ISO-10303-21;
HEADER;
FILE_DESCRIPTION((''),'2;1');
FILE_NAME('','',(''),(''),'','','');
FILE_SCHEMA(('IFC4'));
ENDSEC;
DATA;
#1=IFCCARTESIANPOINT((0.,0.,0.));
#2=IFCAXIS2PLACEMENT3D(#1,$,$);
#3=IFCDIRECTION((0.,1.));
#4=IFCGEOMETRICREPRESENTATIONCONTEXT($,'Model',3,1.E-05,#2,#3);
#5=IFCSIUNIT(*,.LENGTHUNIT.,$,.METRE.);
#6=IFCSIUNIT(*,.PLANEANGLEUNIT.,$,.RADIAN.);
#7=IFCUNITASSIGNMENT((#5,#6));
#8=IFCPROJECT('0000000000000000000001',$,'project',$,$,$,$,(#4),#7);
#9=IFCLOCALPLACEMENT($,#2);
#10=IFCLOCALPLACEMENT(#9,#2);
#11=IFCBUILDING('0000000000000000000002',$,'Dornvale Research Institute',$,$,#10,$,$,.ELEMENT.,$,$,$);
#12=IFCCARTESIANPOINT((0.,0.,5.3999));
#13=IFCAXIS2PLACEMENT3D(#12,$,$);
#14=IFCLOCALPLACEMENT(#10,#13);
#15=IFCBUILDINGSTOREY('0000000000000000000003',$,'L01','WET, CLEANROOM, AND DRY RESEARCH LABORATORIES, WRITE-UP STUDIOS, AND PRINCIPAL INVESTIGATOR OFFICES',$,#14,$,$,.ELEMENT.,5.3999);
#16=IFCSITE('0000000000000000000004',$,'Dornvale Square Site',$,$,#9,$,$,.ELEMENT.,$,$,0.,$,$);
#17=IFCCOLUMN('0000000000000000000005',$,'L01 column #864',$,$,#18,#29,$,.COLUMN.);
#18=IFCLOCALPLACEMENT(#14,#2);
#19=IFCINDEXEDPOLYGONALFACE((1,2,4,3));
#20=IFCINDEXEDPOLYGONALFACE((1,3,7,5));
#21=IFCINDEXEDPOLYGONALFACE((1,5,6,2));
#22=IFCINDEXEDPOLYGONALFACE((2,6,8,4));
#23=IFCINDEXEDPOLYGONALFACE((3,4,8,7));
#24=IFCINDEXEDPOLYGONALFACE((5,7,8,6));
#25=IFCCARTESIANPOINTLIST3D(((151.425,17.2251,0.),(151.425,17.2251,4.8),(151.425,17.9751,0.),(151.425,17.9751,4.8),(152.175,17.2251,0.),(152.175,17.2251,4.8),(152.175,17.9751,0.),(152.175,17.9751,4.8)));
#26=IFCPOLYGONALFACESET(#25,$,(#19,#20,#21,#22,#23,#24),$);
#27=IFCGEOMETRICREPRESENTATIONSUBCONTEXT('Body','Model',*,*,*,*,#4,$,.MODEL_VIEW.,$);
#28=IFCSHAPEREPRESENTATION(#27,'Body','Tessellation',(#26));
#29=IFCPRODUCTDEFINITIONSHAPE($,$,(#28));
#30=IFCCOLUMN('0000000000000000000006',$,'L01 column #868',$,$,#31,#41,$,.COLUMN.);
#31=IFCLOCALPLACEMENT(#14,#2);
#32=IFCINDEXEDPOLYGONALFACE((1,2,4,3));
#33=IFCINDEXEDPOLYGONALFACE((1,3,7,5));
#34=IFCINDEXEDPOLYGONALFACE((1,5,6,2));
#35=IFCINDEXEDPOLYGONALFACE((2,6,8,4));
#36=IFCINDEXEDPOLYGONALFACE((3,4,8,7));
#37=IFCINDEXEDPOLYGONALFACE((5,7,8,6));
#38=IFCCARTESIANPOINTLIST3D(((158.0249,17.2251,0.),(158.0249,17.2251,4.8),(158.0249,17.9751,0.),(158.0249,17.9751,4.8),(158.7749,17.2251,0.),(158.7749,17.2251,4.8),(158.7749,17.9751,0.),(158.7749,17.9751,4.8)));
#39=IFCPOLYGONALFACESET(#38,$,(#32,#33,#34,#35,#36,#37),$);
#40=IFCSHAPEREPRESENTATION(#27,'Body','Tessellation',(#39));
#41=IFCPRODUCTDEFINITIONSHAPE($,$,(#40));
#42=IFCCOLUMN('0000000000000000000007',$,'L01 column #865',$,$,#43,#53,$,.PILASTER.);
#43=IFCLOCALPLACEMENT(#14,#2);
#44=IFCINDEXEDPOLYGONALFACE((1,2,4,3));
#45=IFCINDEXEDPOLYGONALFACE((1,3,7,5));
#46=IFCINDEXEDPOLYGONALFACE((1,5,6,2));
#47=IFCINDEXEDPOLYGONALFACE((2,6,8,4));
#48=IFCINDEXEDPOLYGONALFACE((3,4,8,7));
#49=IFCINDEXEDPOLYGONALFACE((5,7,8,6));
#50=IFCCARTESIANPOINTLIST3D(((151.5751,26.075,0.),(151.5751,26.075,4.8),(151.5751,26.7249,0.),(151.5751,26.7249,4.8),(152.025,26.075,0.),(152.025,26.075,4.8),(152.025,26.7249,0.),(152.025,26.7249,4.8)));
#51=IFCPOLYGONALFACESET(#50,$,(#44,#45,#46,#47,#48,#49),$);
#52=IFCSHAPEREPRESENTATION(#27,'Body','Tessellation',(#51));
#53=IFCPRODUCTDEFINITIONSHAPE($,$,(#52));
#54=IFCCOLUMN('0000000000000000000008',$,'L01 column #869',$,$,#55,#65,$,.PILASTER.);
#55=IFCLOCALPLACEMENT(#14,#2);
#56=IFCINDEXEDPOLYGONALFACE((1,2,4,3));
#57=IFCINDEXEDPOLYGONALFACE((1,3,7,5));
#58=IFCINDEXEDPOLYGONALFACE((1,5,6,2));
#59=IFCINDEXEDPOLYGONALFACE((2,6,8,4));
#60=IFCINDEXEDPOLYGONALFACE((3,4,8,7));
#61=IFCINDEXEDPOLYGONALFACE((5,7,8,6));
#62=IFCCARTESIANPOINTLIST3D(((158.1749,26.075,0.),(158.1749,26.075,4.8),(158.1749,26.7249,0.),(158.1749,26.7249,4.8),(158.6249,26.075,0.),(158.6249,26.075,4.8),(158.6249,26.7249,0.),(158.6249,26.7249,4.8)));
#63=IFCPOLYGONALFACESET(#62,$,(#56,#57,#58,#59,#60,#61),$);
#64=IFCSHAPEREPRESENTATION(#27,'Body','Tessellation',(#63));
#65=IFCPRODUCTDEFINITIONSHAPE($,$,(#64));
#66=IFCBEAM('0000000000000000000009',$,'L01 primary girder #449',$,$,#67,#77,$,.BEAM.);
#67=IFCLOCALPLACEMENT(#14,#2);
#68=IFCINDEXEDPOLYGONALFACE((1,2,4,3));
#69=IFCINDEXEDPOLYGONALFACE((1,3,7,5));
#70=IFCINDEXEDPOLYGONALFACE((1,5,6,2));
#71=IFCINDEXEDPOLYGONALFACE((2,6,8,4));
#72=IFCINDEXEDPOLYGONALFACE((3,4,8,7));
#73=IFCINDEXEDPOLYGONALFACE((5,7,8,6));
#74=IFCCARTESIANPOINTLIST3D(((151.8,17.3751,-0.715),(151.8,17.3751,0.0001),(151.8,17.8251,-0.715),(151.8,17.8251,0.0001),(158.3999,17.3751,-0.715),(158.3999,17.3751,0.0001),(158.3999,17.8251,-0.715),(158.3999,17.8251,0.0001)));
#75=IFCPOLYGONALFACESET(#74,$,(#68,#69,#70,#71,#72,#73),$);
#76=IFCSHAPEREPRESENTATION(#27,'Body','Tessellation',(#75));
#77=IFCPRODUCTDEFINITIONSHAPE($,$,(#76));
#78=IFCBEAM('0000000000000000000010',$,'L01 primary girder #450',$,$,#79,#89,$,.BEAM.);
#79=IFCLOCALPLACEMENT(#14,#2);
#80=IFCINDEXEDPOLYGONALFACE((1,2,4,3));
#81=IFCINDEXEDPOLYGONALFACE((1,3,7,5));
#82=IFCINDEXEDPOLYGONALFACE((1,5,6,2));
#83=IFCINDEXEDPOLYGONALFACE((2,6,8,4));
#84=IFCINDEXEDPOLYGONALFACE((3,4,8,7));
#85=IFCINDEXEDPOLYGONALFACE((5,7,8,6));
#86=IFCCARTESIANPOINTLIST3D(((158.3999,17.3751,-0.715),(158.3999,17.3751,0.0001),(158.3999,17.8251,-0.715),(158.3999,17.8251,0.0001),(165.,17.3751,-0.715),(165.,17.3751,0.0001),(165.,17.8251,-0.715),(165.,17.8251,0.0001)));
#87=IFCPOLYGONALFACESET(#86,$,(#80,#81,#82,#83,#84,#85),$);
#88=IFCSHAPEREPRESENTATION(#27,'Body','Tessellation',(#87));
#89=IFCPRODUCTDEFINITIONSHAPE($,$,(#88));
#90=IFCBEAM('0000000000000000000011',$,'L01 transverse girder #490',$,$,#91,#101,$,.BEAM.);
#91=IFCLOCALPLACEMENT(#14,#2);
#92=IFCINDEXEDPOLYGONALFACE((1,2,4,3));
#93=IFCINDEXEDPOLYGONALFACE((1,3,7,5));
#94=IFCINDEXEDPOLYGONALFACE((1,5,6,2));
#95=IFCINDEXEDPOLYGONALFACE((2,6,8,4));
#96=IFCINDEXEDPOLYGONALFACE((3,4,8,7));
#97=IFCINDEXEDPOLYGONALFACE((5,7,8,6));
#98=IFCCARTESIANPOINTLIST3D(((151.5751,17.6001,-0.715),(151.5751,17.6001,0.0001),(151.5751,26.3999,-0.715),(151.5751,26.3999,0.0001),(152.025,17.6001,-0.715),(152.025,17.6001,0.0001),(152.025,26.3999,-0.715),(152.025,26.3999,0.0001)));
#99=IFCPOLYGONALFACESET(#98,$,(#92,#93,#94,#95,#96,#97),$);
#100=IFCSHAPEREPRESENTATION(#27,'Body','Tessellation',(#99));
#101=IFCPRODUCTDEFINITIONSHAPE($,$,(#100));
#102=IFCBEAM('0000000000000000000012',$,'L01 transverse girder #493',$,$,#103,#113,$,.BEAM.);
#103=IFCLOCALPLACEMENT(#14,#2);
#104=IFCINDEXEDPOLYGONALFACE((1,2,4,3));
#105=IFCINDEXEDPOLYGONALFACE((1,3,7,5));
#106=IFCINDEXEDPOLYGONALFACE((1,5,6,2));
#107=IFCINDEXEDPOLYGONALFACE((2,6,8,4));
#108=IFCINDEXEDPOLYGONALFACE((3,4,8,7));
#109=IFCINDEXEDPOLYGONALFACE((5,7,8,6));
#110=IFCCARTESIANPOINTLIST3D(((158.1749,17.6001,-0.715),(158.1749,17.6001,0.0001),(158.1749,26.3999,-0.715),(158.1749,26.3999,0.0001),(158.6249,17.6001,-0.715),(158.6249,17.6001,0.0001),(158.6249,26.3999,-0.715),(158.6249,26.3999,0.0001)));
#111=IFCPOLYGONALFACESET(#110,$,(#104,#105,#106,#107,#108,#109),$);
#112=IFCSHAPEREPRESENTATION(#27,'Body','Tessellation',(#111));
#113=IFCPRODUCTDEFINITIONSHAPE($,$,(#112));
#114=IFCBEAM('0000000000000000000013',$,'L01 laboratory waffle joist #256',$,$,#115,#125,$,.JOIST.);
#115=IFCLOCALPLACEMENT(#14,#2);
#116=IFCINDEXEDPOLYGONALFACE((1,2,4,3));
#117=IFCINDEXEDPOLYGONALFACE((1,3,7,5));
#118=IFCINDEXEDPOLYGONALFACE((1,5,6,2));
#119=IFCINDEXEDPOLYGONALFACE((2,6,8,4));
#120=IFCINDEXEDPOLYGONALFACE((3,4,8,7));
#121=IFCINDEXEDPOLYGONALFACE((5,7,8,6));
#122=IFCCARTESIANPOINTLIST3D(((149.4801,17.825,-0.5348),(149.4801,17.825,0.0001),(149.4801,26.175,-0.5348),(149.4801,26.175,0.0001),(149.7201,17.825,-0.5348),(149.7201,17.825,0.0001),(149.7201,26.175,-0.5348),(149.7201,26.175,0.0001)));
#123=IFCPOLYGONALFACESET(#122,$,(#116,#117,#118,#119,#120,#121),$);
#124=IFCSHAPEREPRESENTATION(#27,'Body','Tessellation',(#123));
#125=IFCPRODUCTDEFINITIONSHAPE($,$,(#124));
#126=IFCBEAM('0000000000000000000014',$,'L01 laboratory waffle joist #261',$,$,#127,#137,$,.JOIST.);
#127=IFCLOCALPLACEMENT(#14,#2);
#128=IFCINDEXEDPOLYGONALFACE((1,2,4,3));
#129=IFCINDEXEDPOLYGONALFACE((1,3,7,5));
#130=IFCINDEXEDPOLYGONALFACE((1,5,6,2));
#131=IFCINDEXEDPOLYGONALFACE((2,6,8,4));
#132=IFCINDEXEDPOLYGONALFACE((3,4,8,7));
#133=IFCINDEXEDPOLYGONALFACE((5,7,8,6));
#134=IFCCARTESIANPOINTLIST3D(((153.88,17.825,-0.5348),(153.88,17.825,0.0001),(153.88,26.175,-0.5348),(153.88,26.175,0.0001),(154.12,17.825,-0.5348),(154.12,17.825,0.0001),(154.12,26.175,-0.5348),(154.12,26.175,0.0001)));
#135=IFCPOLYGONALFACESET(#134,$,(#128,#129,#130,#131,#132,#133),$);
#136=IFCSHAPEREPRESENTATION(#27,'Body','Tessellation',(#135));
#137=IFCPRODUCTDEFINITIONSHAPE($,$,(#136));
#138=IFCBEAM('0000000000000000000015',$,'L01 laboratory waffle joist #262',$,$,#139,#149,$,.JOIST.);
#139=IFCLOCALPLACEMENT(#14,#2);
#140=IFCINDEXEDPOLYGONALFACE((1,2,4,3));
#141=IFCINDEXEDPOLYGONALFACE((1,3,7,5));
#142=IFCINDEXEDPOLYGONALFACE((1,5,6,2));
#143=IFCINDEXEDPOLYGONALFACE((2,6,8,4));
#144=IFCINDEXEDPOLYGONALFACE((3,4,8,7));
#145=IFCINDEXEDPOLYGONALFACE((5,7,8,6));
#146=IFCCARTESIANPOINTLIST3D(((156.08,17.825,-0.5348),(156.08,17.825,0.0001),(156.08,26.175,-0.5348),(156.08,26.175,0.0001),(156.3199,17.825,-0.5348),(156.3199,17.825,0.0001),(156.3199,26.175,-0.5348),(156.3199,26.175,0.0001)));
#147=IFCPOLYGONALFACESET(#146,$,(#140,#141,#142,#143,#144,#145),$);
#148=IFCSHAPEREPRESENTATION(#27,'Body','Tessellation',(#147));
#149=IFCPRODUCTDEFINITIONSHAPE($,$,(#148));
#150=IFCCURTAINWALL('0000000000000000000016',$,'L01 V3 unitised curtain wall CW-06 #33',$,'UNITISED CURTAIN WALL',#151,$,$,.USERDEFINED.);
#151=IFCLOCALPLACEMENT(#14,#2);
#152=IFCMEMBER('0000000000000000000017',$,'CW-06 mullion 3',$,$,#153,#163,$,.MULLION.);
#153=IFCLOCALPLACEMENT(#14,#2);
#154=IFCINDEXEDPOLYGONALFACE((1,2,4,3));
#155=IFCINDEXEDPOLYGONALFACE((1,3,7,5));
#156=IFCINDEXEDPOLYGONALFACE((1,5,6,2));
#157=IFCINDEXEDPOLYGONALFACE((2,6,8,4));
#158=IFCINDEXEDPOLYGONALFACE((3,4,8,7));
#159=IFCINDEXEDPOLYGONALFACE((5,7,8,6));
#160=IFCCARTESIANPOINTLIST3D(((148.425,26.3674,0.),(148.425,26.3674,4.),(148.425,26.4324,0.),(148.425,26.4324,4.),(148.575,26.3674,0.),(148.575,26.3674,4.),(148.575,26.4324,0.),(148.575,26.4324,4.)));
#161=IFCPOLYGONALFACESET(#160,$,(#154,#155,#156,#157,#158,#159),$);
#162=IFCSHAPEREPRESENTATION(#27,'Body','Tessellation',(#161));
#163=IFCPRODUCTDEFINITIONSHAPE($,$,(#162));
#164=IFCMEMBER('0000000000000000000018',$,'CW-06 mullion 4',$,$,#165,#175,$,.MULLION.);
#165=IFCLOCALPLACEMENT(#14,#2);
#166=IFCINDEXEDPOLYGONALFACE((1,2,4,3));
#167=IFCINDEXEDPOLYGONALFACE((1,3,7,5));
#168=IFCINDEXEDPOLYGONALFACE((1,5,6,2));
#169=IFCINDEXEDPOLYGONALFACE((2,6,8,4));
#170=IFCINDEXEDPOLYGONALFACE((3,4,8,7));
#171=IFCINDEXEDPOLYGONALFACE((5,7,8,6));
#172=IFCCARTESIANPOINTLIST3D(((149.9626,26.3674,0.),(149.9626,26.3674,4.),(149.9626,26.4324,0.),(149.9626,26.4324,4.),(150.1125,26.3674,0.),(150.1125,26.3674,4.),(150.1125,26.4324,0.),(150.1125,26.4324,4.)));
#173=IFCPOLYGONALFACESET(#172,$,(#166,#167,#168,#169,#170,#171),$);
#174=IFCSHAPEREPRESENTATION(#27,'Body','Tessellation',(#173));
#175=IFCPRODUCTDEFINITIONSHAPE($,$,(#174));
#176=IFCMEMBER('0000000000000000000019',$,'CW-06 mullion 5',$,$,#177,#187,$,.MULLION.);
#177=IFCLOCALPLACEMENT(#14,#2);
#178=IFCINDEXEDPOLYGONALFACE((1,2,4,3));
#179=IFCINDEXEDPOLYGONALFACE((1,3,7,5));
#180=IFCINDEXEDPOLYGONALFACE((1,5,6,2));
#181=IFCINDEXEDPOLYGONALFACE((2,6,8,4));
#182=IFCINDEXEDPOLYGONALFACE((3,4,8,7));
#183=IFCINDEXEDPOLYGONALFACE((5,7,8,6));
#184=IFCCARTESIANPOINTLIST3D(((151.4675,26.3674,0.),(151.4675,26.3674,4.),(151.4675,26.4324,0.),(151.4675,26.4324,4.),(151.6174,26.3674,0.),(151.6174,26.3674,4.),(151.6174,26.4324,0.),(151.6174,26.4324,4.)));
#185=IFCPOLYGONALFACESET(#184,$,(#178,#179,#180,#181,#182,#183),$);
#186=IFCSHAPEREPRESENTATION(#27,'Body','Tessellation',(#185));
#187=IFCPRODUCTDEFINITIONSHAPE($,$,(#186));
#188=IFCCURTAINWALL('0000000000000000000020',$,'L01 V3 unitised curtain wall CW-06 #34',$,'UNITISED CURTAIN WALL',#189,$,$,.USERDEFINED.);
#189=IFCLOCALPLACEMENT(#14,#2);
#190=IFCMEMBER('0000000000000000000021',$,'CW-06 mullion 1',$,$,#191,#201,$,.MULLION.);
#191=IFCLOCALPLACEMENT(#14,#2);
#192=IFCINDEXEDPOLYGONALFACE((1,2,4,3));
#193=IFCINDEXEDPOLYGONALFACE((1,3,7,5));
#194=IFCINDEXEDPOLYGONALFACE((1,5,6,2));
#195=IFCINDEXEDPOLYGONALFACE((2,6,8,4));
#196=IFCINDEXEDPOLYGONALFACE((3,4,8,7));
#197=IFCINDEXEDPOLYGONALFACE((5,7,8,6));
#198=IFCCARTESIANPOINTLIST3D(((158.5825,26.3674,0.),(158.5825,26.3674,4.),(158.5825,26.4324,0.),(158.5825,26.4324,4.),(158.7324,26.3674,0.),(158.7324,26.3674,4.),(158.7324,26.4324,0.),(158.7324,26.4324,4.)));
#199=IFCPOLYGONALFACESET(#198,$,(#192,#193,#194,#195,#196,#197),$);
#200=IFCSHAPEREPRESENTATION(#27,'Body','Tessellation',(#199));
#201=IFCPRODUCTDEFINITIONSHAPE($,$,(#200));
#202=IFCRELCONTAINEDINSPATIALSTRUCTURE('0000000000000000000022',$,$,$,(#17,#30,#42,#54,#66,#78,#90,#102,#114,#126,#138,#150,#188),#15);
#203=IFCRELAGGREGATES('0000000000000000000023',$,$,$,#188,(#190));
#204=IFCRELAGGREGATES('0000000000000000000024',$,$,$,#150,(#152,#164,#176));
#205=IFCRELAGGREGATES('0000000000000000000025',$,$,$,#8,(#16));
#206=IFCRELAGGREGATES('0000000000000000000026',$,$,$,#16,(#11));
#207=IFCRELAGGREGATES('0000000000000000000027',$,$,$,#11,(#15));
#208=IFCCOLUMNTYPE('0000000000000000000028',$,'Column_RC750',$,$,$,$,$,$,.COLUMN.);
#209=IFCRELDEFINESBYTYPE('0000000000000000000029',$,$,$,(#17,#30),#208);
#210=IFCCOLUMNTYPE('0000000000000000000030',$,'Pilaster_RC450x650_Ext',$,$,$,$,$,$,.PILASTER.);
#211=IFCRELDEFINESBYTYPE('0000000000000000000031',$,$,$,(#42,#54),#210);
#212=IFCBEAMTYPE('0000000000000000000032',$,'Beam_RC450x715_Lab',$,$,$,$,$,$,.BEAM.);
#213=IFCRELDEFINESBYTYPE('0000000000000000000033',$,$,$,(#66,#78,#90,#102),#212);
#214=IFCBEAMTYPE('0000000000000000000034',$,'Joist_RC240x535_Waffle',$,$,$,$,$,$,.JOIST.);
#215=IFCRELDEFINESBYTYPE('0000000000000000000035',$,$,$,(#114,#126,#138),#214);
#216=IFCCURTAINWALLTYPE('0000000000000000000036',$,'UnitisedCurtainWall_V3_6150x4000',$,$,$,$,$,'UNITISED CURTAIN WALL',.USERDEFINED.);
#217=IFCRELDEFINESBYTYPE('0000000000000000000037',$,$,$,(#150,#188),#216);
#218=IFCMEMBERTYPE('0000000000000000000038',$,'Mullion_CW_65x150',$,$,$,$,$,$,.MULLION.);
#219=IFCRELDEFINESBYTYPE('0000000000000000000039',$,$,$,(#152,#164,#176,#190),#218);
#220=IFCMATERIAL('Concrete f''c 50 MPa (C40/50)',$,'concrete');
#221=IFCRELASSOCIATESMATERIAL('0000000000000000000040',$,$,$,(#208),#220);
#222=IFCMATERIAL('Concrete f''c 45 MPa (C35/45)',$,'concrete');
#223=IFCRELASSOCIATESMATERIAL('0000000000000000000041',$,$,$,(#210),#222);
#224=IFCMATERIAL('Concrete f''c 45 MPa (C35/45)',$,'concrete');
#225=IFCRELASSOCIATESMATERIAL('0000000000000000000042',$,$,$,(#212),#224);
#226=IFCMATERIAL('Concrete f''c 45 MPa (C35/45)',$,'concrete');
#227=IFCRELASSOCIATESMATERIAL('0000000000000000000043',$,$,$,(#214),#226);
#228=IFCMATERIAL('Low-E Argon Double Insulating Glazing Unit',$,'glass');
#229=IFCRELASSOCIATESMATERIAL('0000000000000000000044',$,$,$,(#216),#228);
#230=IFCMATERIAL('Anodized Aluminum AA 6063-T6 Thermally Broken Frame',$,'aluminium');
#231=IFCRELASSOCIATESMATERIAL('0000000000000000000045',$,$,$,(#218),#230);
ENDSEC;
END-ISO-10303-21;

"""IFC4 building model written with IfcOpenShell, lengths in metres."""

from ifc_helpers import new_model, si_unit, direction, frame, origin, origin_2d, place, context, subcontext, project, spatial, rectangle, extrude, material, material_profile, profile_set, type_object, element, aggregate, save


model = new_model("IFC4")

# Units and contexts
model_context = context("Model", 3, precision=1e-05, world=origin(), true_north=direction((0.0, 1.0)))
body_context = subcontext(model_context, "Body", "Model", "MODEL_VIEW")
ifc_project = project(units=[si_unit("LENGTHUNIT", "METRE"), si_unit("PLANEANGLEUNIT", "RADIAN")], contexts=[model_context])

# Site, building, storey
site_placement = place(None, origin())
site = spatial("IfcSite", under=ifc_project, at=site_placement, Name="Dornvale Square Site", CompositionType="ELEMENT", RefElevation=0.0)
building_placement = place(site_placement, origin())
building = spatial("IfcBuilding", under=site, at=building_placement, Name="Dornvale Research Institute", CompositionType="ELEMENT")
storey_placement = place(building_placement, frame((0.0, 0.0, 5.3999)))
storey = spatial("IfcBuildingStorey", under=building, at=storey_placement, Name="L01", Description="WET, CLEANROOM, AND DRY RESEARCH LABORATORIES, WRITE-UP STUDIOS, AND PRINCIPAL INVESTIGATOR OFFICES", CompositionType="ELEMENT", Elevation=5.3999)

# Columns
ifc_material_1 = material(Name="Concrete f'c 50 MPa (C40/50)", Category="concrete")
ifc_material_profile_1 = material_profile(ifc_material_1, rectangle(XDim=0.75, YDim=0.75, at=origin_2d()), Name="RC 750x750")
ifc_profile_set_1 = profile_set([ifc_material_profile_1], Name="Concrete f'c 50 MPa (C40/50)")
column_type_1 = type_object("IfcColumnType", Name="Column_RC750", PredefinedType="COLUMN", material=ifc_profile_set_1)
for number, where, z_axis, x_axis, name in (
    (1, (151.8, 17.6001, 0.0), (0.0, 0.0, 1.0), (1.0, 0.0, 0.0), "L01 column #864"),
    (2, (158.3999, 17.6001, 0.0), (0.0, 0.0, 1.0), (1.0, 0.0, 0.0), "L01 column #868"),
):
    element("IfcColumn", number, at=place(storey_placement, frame(where, z_axis=z_axis, x_axis=x_axis)), inside=storey, type_object=column_type_1, Name=name, PredefinedType="COLUMN", context=body_context, shape_type="SweptSolid", body=[
        extrude(rectangle(XDim=0.75, YDim=0.75, at=origin_2d()), origin(), (0.0, 0.0, 1.0), 4.8),
    ])
ifc_material_2 = material(Name="Concrete f'c 45 MPa (C35/45)", Category="concrete")
ifc_material_profile_2 = material_profile(ifc_material_2, rectangle(XDim=0.45, YDim=0.6499, at=origin_2d()), Name="RC 450x650")
ifc_profile_set_2 = profile_set([ifc_material_profile_2], Name="Concrete f'c 45 MPa (C35/45)")
column_type_2 = type_object("IfcColumnType", Name="Pilaster_RC450x650_Ext", PredefinedType="PILASTER", material=ifc_profile_set_2)
for number, where, z_axis, x_axis, name in (
    (3, (151.8, 26.3999, 0.0), (0.0, 0.0, 1.0), (1.0, 0.0, 0.0), "L01 column #865"),
    (4, (158.3999, 26.3999, 0.0), (0.0, 0.0, 1.0), (1.0, 0.0, 0.0), "L01 column #869"),
):
    element("IfcColumn", number, at=place(storey_placement, frame(where, z_axis=z_axis, x_axis=x_axis)), inside=storey, type_object=column_type_2, Name=name, PredefinedType="PILASTER", context=body_context, shape_type="SweptSolid", body=[
        extrude(rectangle(XDim=0.45, YDim=0.6499, at=origin_2d()), origin(), (0.0, 0.0, 1.0), 4.8),
    ])

# Beams
ifc_material_3 = material(Name="Concrete f'c 45 MPa (C35/45)", Category="concrete")
ifc_material_profile_3 = material_profile(ifc_material_3, rectangle(XDim=0.45, YDim=0.7151, at=origin_2d()), Name="RC 450x715")
ifc_profile_set_3 = profile_set([ifc_material_profile_3], Name="Concrete f'c 45 MPa (C35/45)")
beam_type_1 = type_object("IfcBeamType", Name="Beam_RC450x715_Lab", PredefinedType="BEAM", material=ifc_profile_set_3)
beam_1_placement = place(storey_placement, frame((151.8, 17.6001, -0.3574), z_axis=(1.0, 0.0, 0.0), x_axis=(0.0, 1.0, 0.0)))
element("IfcBeam", 5, at=beam_1_placement, inside=storey, type_object=beam_type_1, Name="L01 primary girder #449", PredefinedType="BEAM", context=body_context, shape_type="SweptSolid", body=[
    extrude(rectangle(XDim=0.45, YDim=0.7151, at=origin_2d()), origin(), (0.0, 0.0, 1.0), 6.5999),
])
beam_2_placement = place(storey_placement, frame((158.3999, 17.6001, -0.3574), z_axis=(1.0, 0.0, 0.0), x_axis=(0.0, 1.0, 0.0)))
element("IfcBeam", 6, at=beam_2_placement, inside=storey, type_object=beam_type_1, Name="L01 primary girder #450", PredefinedType="BEAM", context=body_context, shape_type="SweptSolid", body=[
    extrude(rectangle(XDim=0.45, YDim=0.7151, at=origin_2d()), origin(), (0.0, 0.0, 1.0), 6.6001),
])
for number, where, z_axis, x_axis, name in (
    (7, (151.8, 17.6001, -0.3574), (0.0, 1.0, 0.0), (-1.0, 0.0, 0.0), "L01 transverse girder #490"),
    (8, (158.3999, 17.6001, -0.3574), (0.0, 1.0, 0.0), (-1.0, 0.0, 0.0), "L01 transverse girder #493"),
):
    element("IfcBeam", number, at=place(storey_placement, frame(where, z_axis=z_axis, x_axis=x_axis)), inside=storey, type_object=beam_type_1, Name=name, PredefinedType="BEAM", context=body_context, shape_type="SweptSolid", body=[
        extrude(rectangle(XDim=0.45, YDim=0.7151, at=origin_2d()), origin(), (0.0, 0.0, 1.0), 8.7998),
    ])
ifc_material_4 = material(Name="Concrete f'c 45 MPa (C35/45)", Category="concrete")
ifc_material_profile_4 = material_profile(ifc_material_4, rectangle(XDim=0.24, YDim=0.5349, at=origin_2d()), Name="RC 240x535")
ifc_profile_set_4 = profile_set([ifc_material_profile_4], Name="Concrete f'c 45 MPa (C35/45)")
beam_type_2 = type_object("IfcBeamType", Name="Joist_RC240x535_Waffle", PredefinedType="JOIST", material=ifc_profile_set_4)
for number, where, z_axis, x_axis, name in (
    (9, (149.6001, 17.825, -0.2673), (0.0, 1.0, 0.0), (-1.0, 0.0, 0.0), "L01 laboratory waffle joist #256"),
    (10, (154.0, 17.825, -0.2673), (0.0, 1.0, 0.0), (-1.0, 0.0, 0.0), "L01 laboratory waffle joist #261"),
    (11, (156.2, 17.825, -0.2673), (0.0, 1.0, 0.0), (-1.0, 0.0, 0.0), "L01 laboratory waffle joist #262"),
):
    element("IfcBeam", number, at=place(storey_placement, frame(where, z_axis=z_axis, x_axis=x_axis)), inside=storey, type_object=beam_type_2, Name=name, PredefinedType="JOIST", context=body_context, shape_type="SweptSolid", body=[
        extrude(rectangle(XDim=0.24, YDim=0.5349, at=origin_2d()), origin(), (0.0, 0.0, 1.0), 8.3501),
    ])

# Curtain wall, members
ifc_material_5 = material(Name="Low-E Argon Double Insulating Glazing Unit", Category="glass")
curtain_wall_type = type_object("IfcCurtainWallType", Name="UnitisedCurtainWall_V3_6150x4000", ElementType="UNITISED CURTAIN WALL", PredefinedType="USERDEFINED", material=ifc_material_5)
curtain_wall_1_placement = place(storey_placement, origin())
curtain_wall_1 = element("IfcCurtainWall", 12, at=curtain_wall_1_placement, inside=storey, type_object=curtain_wall_type, Name="L01 V3 unitised curtain wall CW-06 #33", ObjectType="UNITISED CURTAIN WALL", PredefinedType="USERDEFINED")
ifc_material_6 = material(Name="Anodized Aluminum AA 6063-T6 Thermally Broken Frame", Category="aluminium")
ifc_material_profile_5 = material_profile(ifc_material_6, rectangle(XDim=0.0649, YDim=0.1499, at=origin_2d()), Name="ALU MULLION 65x150")
ifc_profile_set_5 = profile_set([ifc_material_profile_5], Name="Anodized Aluminum AA 6063-T6 Thermally Broken Frame")
member_type_1 = type_object("IfcMemberType", Name="Mullion_CW_65x150", PredefinedType="MULLION", material=ifc_profile_set_5)
member_1_placement = place(storey_placement, frame((148.5, 26.3999, 0.0), z_axis=(0.0, 0.0, 1.0), x_axis=(0.0, 1.0, 0.0)))
member_1 = element("IfcMember", 13, at=member_1_placement, type_object=member_type_1, Name="CW-06 mullion 3", PredefinedType="MULLION", context=body_context, shape_type="SweptSolid", body=[
    extrude(rectangle(XDim=0.0649, YDim=0.1499, at=origin_2d()), origin(), (0.0, 0.0, 1.0), 4.0),
])
member_2_placement = place(storey_placement, frame((150.0376, 26.3999, 0.0), z_axis=(0.0, 0.0, 1.0), x_axis=(0.0, 1.0, 0.0)))
member_2 = element("IfcMember", 14, at=member_2_placement, type_object=member_type_1, Name="CW-06 mullion 4", PredefinedType="MULLION", context=body_context, shape_type="SweptSolid", body=[
    extrude(rectangle(XDim=0.0649, YDim=0.1499, at=origin_2d()), origin(), (0.0, 0.0, 1.0), 4.0),
])
member_3_placement = place(storey_placement, frame((151.5425, 26.3999, 0.0), z_axis=(0.0, 0.0, 1.0), x_axis=(0.0, 1.0, 0.0)))
member_3 = element("IfcMember", 15, at=member_3_placement, type_object=member_type_1, Name="CW-06 mullion 5", PredefinedType="MULLION", context=body_context, shape_type="SweptSolid", body=[
    extrude(rectangle(XDim=0.0649, YDim=0.1499, at=origin_2d()), origin(), (0.0, 0.0, 1.0), 4.0),
])

# Curtain wall, member
curtain_wall_2_placement = place(storey_placement, origin())
curtain_wall_2 = element("IfcCurtainWall", 16, at=curtain_wall_2_placement, inside=storey, type_object=curtain_wall_type, Name="L01 V3 unitised curtain wall CW-06 #34", ObjectType="UNITISED CURTAIN WALL", PredefinedType="USERDEFINED")
member_4_placement = place(storey_placement, frame((158.6575, 26.3999, 0.0), z_axis=(0.0, 0.0, 1.0), x_axis=(0.0, 1.0, 0.0)))
member_4 = element("IfcMember", 17, at=member_4_placement, type_object=member_type_1, Name="CW-06 mullion 1", PredefinedType="MULLION", context=body_context, shape_type="SweptSolid", body=[
    extrude(rectangle(XDim=0.0649, YDim=0.1499, at=origin_2d()), origin(), (0.0, 0.0, 1.0), 4.0),
])
aggregate(curtain_wall_2, [member_4])

aggregate(curtain_wall_1, [member_1, member_2, member_3])

save(model, "model.ifc")
